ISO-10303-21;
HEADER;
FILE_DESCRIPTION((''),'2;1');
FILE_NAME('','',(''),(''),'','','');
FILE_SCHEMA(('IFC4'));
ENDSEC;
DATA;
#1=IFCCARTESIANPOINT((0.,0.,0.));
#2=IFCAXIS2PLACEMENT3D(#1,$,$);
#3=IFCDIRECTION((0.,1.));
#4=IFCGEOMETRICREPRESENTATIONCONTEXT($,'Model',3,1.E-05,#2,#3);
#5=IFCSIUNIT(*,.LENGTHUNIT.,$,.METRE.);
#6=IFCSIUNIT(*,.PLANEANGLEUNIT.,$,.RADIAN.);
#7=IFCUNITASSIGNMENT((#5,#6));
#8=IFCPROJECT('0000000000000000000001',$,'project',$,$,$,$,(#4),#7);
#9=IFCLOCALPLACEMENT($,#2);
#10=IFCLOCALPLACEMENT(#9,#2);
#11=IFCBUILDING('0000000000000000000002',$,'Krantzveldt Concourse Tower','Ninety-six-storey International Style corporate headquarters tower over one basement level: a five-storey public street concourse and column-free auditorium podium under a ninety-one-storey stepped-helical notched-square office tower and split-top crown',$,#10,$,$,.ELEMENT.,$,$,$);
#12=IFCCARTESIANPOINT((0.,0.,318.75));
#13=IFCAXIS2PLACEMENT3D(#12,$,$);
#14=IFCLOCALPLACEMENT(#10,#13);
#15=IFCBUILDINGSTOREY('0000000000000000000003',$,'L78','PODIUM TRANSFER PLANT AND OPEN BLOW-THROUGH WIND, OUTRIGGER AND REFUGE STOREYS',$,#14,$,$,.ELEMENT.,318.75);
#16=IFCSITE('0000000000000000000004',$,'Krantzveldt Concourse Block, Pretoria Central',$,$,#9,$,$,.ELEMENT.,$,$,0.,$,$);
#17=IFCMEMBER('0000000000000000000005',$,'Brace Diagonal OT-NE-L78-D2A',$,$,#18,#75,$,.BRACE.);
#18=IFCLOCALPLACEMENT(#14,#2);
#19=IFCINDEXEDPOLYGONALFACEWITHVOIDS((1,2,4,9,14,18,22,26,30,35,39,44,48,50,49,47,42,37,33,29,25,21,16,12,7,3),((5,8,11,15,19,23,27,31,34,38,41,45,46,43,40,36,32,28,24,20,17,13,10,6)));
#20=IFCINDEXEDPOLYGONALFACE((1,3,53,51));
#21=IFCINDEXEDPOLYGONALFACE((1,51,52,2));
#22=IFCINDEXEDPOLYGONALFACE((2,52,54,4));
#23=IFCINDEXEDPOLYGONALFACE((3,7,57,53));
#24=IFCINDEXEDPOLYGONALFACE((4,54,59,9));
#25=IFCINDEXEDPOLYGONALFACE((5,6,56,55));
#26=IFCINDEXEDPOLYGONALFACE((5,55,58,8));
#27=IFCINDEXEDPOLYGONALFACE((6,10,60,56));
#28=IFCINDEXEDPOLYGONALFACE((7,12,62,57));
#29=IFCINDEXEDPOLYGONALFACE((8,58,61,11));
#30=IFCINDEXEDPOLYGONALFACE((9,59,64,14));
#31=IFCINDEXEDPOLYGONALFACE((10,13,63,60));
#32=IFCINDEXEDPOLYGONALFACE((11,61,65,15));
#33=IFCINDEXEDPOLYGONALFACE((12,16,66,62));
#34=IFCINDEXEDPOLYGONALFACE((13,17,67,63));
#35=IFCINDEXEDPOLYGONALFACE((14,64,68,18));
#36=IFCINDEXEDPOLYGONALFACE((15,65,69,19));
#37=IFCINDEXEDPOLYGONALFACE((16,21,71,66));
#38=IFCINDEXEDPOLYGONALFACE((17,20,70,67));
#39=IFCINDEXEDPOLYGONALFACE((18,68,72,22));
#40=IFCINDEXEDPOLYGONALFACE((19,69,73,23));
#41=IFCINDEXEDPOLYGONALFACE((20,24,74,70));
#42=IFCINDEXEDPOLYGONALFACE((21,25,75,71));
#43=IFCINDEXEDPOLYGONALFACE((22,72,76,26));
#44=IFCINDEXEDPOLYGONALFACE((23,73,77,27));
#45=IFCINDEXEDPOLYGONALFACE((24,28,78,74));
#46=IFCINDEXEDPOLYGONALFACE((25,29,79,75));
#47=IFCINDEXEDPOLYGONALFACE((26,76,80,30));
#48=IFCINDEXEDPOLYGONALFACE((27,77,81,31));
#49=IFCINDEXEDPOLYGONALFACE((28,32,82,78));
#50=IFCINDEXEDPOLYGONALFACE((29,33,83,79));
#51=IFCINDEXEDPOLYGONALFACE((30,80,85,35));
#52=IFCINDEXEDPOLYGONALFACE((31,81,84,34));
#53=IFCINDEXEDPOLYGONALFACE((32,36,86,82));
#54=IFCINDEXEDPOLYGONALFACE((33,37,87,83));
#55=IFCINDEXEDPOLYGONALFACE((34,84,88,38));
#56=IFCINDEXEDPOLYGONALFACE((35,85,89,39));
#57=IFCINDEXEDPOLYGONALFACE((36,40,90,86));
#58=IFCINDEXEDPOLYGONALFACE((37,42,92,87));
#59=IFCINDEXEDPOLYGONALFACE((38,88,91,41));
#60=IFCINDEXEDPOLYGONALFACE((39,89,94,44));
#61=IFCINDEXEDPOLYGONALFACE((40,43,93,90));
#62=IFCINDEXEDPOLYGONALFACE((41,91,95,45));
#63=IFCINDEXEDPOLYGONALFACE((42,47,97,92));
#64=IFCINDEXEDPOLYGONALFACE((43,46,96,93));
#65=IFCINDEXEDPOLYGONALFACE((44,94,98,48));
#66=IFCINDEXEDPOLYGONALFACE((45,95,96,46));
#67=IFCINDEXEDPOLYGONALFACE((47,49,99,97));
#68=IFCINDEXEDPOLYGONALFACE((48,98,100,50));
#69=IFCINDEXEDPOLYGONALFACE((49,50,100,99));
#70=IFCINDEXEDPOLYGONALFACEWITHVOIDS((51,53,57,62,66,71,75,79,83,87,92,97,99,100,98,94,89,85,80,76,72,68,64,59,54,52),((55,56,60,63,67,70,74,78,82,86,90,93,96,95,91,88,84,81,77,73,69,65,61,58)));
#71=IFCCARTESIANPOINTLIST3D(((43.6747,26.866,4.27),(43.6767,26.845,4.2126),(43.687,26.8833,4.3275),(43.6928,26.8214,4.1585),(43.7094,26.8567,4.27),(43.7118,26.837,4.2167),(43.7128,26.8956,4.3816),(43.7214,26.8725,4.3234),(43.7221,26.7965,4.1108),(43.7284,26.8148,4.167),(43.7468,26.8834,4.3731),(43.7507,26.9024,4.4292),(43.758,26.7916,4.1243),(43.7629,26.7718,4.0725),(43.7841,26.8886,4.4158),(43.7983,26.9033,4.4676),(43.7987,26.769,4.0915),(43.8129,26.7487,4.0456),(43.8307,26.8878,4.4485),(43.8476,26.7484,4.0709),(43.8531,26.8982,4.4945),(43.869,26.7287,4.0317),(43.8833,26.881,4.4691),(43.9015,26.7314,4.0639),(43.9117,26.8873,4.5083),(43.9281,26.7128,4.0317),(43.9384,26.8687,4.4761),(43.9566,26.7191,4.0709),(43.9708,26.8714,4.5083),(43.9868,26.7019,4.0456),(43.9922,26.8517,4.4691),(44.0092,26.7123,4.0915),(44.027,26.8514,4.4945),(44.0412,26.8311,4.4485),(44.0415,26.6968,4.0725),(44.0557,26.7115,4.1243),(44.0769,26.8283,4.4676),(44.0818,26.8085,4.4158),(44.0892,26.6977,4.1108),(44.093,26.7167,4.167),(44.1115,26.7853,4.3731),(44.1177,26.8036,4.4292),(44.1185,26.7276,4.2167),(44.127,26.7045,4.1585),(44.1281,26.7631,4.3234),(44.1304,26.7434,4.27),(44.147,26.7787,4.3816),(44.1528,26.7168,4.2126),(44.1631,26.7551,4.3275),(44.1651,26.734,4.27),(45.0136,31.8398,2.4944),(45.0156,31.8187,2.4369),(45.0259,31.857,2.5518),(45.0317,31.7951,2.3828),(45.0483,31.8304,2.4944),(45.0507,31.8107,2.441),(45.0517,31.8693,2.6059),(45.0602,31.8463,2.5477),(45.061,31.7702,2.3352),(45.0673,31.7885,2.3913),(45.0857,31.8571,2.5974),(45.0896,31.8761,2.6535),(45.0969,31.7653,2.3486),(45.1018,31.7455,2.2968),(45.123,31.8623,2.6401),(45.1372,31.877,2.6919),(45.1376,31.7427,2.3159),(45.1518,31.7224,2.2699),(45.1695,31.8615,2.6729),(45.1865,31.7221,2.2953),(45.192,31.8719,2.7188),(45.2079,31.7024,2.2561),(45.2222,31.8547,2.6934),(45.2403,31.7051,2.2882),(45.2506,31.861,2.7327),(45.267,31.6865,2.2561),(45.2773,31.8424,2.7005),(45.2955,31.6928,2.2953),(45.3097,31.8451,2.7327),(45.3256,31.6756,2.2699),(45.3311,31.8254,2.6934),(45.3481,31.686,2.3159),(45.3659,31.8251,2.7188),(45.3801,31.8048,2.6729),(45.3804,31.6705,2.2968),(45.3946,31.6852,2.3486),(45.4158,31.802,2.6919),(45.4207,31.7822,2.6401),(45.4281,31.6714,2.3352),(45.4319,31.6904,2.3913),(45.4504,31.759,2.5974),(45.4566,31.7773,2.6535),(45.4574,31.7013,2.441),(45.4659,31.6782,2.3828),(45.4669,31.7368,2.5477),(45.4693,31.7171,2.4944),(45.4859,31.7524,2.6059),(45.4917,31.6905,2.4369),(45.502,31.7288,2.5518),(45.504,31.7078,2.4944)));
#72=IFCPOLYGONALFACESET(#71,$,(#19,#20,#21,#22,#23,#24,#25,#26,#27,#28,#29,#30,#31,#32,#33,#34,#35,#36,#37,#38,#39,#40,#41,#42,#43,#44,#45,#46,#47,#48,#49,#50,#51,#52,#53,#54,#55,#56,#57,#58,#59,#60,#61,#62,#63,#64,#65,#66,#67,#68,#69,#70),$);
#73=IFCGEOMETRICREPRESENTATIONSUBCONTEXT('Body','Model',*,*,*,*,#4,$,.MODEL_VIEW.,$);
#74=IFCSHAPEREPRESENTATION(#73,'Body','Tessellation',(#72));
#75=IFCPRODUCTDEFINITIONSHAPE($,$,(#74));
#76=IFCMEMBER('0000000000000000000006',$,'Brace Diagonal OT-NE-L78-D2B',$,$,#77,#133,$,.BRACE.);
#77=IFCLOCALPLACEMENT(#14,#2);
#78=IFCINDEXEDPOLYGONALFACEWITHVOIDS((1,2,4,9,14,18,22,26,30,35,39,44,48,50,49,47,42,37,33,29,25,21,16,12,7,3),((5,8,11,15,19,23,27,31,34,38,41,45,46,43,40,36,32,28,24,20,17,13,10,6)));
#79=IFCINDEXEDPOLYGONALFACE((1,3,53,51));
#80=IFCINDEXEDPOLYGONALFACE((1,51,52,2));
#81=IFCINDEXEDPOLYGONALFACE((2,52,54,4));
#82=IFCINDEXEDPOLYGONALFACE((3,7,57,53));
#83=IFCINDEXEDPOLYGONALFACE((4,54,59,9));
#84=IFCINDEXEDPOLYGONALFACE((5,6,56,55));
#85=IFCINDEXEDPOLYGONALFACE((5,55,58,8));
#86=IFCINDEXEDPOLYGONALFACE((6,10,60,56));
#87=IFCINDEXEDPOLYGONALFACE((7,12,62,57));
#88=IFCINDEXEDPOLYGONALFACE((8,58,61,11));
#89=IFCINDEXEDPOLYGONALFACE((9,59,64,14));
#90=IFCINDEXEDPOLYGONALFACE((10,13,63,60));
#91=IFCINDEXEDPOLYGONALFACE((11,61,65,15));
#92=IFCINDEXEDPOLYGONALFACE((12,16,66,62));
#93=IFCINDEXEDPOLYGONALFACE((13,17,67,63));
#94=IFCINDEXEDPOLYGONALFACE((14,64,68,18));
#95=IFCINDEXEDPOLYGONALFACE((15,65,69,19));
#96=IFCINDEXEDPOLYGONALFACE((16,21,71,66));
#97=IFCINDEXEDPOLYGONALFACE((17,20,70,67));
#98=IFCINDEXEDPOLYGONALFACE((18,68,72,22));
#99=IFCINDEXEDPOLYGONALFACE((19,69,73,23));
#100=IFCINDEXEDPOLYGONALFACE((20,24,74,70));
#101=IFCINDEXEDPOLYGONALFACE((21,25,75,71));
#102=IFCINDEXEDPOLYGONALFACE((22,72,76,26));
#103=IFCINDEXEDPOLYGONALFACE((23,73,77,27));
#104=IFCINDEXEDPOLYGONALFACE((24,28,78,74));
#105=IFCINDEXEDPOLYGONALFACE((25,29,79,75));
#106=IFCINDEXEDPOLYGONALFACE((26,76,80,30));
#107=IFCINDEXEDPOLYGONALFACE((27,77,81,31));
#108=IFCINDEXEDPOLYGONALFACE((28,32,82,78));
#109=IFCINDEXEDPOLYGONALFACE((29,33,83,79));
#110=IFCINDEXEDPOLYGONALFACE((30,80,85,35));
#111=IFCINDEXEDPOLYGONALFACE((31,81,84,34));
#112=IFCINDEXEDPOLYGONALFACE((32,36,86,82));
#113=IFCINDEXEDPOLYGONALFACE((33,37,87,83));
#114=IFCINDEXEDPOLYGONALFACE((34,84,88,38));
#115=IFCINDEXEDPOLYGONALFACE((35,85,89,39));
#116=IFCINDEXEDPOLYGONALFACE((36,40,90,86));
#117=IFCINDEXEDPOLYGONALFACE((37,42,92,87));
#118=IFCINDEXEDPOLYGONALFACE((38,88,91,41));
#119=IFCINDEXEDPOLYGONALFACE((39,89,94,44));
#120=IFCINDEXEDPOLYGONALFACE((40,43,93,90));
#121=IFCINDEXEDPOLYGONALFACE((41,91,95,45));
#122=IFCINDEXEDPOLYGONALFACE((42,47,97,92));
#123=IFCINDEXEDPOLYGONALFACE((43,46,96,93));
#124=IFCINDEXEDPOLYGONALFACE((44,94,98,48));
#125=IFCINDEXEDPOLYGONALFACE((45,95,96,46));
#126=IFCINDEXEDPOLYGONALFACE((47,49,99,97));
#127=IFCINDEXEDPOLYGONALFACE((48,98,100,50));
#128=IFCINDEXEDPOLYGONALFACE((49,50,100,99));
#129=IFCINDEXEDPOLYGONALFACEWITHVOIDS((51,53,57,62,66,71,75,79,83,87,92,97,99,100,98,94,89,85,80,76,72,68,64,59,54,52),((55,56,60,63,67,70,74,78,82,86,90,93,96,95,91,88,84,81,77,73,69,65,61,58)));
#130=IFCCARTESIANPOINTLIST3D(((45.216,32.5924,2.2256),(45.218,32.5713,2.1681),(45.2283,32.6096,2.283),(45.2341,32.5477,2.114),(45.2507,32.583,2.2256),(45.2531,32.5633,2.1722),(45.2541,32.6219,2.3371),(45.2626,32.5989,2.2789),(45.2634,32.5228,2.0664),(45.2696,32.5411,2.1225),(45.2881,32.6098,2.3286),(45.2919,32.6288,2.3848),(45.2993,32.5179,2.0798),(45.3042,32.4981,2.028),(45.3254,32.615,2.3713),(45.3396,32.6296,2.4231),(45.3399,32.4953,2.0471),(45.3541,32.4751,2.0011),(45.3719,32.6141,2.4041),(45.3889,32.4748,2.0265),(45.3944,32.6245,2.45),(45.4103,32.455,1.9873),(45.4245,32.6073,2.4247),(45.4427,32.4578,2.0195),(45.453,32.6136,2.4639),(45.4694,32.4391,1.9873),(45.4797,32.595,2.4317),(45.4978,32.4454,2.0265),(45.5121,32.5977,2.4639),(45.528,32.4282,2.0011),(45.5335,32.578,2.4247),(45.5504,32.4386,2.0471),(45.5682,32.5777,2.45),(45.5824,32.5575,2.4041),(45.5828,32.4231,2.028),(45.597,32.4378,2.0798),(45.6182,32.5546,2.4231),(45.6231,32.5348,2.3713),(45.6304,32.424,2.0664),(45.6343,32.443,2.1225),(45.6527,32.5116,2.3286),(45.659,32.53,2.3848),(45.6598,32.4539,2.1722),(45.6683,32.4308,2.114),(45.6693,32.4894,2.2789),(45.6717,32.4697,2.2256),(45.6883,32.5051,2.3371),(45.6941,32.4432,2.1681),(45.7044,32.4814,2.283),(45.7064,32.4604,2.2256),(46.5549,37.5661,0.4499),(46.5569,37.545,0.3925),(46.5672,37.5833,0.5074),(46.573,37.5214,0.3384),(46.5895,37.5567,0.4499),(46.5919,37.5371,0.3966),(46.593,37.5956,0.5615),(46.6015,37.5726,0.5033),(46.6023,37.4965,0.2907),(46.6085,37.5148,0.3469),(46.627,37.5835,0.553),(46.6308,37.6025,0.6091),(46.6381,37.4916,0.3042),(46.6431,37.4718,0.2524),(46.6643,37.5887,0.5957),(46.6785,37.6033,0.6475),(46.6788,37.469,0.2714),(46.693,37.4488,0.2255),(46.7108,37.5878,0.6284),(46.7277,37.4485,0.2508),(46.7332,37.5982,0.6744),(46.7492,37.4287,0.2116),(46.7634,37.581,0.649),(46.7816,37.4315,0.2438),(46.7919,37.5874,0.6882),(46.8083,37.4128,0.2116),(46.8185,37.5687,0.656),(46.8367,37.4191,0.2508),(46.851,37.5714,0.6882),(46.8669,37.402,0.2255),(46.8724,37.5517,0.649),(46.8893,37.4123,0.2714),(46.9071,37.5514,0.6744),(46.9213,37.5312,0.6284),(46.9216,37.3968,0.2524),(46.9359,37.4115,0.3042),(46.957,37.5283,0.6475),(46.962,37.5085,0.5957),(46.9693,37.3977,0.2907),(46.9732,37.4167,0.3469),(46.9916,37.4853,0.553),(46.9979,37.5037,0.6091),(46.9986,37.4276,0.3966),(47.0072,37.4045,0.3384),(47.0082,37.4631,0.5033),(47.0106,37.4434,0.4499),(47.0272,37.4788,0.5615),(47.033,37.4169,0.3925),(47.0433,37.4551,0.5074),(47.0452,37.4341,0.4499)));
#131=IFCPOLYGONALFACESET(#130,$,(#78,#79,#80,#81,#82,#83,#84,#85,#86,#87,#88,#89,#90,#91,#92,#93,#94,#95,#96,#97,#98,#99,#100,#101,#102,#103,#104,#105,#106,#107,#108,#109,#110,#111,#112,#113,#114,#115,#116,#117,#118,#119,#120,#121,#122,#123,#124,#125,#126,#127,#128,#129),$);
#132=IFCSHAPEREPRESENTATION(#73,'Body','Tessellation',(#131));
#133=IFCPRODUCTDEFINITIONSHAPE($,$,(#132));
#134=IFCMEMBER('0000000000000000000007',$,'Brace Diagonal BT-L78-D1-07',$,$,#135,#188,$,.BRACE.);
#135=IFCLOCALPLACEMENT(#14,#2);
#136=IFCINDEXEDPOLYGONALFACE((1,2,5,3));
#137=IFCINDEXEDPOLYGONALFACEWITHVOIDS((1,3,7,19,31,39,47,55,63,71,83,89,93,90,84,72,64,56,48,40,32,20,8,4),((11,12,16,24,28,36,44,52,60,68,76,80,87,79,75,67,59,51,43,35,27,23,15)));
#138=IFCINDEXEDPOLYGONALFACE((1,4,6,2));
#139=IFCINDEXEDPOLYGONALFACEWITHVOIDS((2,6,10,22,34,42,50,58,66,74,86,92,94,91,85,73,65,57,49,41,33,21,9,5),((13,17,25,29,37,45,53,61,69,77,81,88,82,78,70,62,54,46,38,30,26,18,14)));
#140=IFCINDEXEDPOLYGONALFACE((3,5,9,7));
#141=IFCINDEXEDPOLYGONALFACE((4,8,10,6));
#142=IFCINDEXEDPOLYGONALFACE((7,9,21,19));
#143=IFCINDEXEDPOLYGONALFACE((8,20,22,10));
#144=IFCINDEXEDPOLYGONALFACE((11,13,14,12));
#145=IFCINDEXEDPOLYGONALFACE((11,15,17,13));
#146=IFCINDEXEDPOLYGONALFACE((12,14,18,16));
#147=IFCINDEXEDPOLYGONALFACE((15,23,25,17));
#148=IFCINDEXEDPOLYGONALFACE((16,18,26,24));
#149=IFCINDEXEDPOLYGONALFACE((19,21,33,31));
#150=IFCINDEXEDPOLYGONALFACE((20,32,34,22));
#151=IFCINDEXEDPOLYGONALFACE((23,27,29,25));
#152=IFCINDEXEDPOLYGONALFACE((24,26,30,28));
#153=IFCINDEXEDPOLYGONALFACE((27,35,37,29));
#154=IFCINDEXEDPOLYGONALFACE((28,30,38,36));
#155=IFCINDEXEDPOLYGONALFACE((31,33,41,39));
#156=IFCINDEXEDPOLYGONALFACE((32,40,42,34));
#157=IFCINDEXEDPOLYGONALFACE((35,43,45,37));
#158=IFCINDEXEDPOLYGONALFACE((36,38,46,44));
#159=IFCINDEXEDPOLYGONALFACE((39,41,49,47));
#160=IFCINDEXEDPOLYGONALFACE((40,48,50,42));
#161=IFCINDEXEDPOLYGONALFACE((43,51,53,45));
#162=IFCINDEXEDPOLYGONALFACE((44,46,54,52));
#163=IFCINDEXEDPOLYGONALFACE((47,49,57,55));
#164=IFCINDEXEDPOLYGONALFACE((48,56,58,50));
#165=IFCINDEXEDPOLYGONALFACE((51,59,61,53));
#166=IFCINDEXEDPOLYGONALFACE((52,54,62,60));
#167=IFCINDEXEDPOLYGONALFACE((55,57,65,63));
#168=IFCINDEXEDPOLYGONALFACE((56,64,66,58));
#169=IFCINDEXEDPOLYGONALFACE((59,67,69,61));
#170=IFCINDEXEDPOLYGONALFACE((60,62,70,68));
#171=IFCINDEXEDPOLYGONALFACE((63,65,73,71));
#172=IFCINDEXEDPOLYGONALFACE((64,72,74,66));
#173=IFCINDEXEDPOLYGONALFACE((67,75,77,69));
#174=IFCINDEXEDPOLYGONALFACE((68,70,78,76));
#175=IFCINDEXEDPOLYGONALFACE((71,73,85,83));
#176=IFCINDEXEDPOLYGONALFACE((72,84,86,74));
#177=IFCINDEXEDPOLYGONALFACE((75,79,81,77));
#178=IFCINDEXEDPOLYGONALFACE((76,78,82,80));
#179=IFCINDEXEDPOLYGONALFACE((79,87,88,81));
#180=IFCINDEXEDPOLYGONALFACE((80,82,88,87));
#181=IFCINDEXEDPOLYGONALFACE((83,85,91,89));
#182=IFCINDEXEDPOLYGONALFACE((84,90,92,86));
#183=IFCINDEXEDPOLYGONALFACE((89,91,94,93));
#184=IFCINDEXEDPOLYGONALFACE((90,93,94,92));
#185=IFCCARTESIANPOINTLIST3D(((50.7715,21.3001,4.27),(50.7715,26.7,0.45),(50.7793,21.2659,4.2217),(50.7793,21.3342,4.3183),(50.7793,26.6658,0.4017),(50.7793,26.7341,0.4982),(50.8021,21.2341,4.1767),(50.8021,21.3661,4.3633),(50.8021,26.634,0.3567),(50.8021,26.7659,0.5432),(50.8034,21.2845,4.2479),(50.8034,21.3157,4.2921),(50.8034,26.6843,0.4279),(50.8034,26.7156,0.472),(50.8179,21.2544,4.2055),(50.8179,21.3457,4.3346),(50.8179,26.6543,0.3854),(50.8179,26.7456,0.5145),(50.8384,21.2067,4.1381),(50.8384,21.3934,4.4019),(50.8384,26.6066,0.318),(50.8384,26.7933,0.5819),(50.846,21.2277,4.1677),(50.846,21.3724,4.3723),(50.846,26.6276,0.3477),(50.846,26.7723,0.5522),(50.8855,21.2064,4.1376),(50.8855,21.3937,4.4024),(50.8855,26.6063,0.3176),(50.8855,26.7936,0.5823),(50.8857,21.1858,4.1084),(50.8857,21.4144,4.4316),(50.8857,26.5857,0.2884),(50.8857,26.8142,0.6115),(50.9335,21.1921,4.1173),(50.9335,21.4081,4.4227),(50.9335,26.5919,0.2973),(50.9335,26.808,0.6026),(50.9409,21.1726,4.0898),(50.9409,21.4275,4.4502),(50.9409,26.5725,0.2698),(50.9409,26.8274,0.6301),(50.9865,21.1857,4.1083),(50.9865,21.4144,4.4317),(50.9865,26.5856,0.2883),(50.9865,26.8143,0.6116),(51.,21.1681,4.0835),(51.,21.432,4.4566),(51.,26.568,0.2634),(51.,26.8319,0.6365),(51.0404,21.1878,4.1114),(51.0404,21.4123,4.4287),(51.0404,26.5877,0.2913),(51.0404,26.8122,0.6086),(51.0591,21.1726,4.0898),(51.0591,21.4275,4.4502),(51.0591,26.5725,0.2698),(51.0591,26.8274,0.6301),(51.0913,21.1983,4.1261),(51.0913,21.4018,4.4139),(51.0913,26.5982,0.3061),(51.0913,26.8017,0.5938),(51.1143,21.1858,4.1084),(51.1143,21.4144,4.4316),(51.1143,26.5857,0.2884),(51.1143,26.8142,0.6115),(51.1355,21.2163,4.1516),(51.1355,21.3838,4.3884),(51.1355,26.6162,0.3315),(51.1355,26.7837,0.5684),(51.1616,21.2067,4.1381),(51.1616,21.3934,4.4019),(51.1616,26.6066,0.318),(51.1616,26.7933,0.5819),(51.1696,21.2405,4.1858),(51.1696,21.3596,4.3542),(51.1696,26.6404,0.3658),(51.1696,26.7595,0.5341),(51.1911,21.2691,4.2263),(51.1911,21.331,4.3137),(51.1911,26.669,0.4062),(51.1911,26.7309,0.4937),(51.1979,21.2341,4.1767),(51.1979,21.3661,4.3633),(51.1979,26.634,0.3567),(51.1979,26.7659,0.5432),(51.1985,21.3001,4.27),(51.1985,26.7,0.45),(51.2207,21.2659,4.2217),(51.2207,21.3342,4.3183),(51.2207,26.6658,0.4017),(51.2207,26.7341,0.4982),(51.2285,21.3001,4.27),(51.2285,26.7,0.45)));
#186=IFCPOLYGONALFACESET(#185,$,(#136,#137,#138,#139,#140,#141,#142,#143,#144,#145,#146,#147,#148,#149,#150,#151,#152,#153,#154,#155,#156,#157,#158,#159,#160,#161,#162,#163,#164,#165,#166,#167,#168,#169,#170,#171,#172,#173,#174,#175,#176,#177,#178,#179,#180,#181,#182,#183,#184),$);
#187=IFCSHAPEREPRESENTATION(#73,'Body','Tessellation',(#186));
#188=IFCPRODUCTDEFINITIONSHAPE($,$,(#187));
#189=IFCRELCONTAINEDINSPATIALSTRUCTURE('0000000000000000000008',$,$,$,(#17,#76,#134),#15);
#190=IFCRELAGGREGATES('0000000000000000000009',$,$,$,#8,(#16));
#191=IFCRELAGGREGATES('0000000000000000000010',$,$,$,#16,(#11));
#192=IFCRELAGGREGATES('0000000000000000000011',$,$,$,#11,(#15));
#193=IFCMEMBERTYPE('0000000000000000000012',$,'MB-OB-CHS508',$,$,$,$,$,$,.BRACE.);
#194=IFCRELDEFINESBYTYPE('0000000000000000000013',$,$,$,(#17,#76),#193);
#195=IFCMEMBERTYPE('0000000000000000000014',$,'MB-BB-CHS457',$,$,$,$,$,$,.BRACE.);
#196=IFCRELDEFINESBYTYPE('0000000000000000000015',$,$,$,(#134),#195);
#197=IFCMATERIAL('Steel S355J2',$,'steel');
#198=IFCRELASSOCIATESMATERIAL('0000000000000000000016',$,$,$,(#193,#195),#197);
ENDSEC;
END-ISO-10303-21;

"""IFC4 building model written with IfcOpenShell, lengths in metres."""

from ifc_helpers import new_model, si_unit, direction, frame, origin, origin_2d, place, context, subcontext, project, spatial, hollow_circle, extrude, source, transform, mapped, material, material_profile, profile_set, type_object, type_shapes, element, save


model = new_model("IFC4")

# Units and contexts
model_context = context("Model", 3, precision=1e-05, world=origin(), true_north=direction((0.0, 1.0)))
body_context = subcontext(model_context, "Body", "Model", "MODEL_VIEW")
ifc_project = project(units=[si_unit("LENGTHUNIT", "METRE"), si_unit("PLANEANGLEUNIT", "RADIAN")], contexts=[model_context])

# Site, building, storey
site_placement = place(None, origin())
site = spatial("IfcSite", under=ifc_project, at=site_placement, Name="Krantzveldt Concourse Block, Pretoria Central", CompositionType="ELEMENT", RefElevation=0.0)
building_placement = place(site_placement, origin())
building = spatial("IfcBuilding", under=site, at=building_placement, Name="Krantzveldt Concourse Tower", Description="Ninety-six-storey International Style corporate headquarters tower over one basement level: a five-storey public street concourse and column-free auditorium podium under a ninety-one-storey stepped-helical notched-square office tower and split-top crown", CompositionType="ELEMENT")
storey_placement = place(building_placement, frame((0.0, 0.0, 318.75)))
storey = spatial("IfcBuildingStorey", under=building, at=storey_placement, Name="L78", Description="PODIUM TRANSFER PLANT AND OPEN BLOW-THROUGH WIND, OUTRIGGER AND REFUGE STOREYS", CompositionType="ELEMENT", Elevation=318.75)

# Shared definitions
ifc_material_1 = material(Name="Steel S355J2", Category="steel")

# Members
ifc_material_profile_1 = material_profile(ifc_material_1, hollow_circle(Radius=0.2539, WallThickness=0.0359, at=origin_2d()), Name="Steel S355J2", Category="steel")
ifc_profile_set_1 = profile_set([ifc_material_profile_1], Name="Steel S355J2 - CHS 508x36")
member_type_1 = type_object("IfcMemberType", Name="MB-OB-CHS508", PredefinedType="BRACE", material=ifc_profile_set_1)
shared_shape_1 = source(origin(), body_context, "Body", "SweptSolid", [
    extrude(hollow_circle(Radius=0.2539, WallThickness=0.0359, at=origin_2d()), origin(), (0.0, 0.0, 1.0), 5.4482),
])
type_shapes(member_type_1, [shared_shape_1])
for number, where, z_axis, x_axis, name in (
    (1, (43.9199, 26.8, 4.27), (0.245747, 0.912901, -0.325914), (-0.965625, 0.259939, 0.0), "Brace Diagonal OT-NE-L78-D2A"),
    (2, (45.4612, 32.5264, 2.2256), (0.245747, 0.912901, -0.325914), (-0.965625, 0.259939, 0.0), "Brace Diagonal OT-NE-L78-D2B"),
):
    element("IfcMember", number, at=place(storey_placement, frame(where, z_axis=z_axis, x_axis=x_axis)), inside=storey, type_object=member_type_1, Name=name, PredefinedType="BRACE", context=body_context, shape_type="MappedRepresentation", body=[
        mapped(shared_shape_1, transform((0.0, 0.0, 0.0), x_axis=(1.0, 0.0, 0.0), y_axis=(0.0, 1.0, 0.0), z_axis=(0.0, 0.0, 1.0), scale=1.0)),
    ])
ifc_material_profile_2 = material_profile(ifc_material_1, hollow_circle(Radius=0.2285, WallThickness=0.03, at=origin_2d()), Name="Steel S355J2", Category="steel")
ifc_profile_set_2 = profile_set([ifc_material_profile_2], Name="Steel S355J2 - CHS 457x30")
member_type_2 = type_object("IfcMemberType", Name="MB-BB-CHS457", PredefinedType="BRACE", material=ifc_profile_set_2)
shared_shape_2 = source(origin(), body_context, "Body", "SweptSolid", [
    extrude(hollow_circle(Radius=0.2285, WallThickness=0.03, at=origin_2d()), origin(), (0.0, 0.0, 1.0), 6.6145),
])
type_shapes(member_type_2, [shared_shape_2])
member_1_placement = place(storey_placement, frame((51.0, 26.7, 0.45), z_axis=(0.0, -0.816371, 0.577528), x_axis=(1.0, 0.0, 0.0)))
element("IfcMember", 3, at=member_1_placement, inside=storey, type_object=member_type_2, Name="Brace Diagonal BT-L78-D1-07", PredefinedType="BRACE", context=body_context, shape_type="MappedRepresentation", body=[
    mapped(shared_shape_2, transform((0.0, 0.0, 0.0), x_axis=(1.0, 0.0, 0.0), y_axis=(0.0, 1.0, 0.0), z_axis=(0.0, 0.0, 1.0), scale=1.0)),
])

save(model, "model.ifc")
